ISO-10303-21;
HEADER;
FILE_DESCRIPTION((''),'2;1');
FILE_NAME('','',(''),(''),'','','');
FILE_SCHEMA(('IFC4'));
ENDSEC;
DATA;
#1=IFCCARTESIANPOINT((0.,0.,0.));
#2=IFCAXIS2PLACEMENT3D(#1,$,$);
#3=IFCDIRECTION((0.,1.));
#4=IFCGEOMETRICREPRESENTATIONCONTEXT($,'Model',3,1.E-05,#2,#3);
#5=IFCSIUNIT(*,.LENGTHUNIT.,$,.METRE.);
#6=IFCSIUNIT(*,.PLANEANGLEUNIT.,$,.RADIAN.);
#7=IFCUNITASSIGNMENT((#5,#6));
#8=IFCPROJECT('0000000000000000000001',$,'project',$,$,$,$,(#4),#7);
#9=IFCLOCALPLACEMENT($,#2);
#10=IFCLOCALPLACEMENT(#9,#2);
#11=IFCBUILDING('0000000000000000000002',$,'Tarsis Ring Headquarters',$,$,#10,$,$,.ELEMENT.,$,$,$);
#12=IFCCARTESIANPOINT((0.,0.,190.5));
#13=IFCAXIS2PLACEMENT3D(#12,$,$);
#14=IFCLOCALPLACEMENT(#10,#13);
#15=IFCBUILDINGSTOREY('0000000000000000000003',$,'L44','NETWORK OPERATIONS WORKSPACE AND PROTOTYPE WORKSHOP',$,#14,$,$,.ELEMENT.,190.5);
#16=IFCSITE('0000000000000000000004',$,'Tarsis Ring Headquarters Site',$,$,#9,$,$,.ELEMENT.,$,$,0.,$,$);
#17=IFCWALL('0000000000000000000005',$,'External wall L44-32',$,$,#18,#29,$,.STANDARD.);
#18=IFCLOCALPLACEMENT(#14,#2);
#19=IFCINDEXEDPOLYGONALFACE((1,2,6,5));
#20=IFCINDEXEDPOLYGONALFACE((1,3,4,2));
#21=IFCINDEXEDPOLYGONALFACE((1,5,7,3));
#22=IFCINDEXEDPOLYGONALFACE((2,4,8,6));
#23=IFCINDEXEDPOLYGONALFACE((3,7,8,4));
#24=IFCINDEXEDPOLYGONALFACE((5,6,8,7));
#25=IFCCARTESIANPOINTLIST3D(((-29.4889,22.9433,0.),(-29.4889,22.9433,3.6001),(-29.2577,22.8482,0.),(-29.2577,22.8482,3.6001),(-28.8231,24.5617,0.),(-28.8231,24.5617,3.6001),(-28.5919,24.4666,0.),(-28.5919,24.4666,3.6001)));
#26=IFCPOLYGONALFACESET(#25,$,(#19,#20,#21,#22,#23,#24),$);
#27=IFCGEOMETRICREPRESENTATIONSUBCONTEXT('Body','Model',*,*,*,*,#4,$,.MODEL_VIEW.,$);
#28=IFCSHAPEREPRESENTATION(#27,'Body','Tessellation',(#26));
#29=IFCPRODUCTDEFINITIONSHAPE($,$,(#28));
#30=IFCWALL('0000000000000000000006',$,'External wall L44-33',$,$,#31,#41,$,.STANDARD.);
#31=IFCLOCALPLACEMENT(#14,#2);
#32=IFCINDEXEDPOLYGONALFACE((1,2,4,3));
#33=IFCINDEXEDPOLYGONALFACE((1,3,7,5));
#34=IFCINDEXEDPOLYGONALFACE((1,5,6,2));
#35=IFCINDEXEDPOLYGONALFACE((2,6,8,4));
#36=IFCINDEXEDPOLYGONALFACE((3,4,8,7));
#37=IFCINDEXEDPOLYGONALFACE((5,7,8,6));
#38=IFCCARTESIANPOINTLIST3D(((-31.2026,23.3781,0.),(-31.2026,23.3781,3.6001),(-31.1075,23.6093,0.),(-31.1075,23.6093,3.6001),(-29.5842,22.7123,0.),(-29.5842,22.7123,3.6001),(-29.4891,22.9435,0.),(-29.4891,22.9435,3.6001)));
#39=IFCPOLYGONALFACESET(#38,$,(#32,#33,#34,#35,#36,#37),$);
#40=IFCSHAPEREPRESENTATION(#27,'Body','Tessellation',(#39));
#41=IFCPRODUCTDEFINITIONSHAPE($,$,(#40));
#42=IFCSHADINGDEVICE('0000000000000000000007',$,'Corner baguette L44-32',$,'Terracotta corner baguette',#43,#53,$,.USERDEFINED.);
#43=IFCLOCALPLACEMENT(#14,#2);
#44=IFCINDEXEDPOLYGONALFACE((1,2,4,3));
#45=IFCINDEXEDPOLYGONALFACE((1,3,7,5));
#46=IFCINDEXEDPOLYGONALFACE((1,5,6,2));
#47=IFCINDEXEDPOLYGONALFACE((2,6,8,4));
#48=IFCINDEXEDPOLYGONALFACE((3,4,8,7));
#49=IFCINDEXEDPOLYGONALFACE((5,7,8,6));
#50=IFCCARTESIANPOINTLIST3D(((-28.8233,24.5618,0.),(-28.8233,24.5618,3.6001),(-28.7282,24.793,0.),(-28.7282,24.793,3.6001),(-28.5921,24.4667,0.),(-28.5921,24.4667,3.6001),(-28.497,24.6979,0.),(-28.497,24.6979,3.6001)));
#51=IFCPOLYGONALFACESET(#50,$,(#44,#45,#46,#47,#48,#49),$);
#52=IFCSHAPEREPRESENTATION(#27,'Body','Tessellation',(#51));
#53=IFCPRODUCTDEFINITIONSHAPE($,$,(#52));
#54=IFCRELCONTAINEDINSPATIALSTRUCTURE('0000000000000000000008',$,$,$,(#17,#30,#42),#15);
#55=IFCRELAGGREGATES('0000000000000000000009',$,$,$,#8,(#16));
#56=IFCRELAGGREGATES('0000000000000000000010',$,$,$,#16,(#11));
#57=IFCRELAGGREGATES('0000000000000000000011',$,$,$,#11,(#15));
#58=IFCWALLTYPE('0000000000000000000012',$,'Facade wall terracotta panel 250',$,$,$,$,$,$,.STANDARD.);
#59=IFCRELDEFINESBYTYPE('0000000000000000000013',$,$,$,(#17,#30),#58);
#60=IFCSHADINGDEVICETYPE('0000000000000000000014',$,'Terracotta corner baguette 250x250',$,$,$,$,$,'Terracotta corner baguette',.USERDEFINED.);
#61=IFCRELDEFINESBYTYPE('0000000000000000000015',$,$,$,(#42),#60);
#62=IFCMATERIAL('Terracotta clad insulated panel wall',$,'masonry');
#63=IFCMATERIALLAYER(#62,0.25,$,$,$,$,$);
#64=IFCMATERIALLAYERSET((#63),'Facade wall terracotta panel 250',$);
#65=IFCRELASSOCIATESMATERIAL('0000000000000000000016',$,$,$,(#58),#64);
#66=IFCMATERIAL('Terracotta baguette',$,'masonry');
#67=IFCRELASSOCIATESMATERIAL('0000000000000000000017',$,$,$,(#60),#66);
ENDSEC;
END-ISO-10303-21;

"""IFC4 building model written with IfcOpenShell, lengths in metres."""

from ifc_helpers import new_model, si_unit, direction, frame, frame_2d, origin, origin_2d, place, context, subcontext, project, spatial, rectangle, extrude, material, layer, layer_set, type_object, element, save


model = new_model("IFC4")

# Units and contexts
model_context = context("Model", 3, precision=1e-05, world=origin(), true_north=direction((0.0, 1.0)))
body_context = subcontext(model_context, "Body", "Model", "MODEL_VIEW")
ifc_project = project(units=[si_unit("LENGTHUNIT", "METRE"), si_unit("PLANEANGLEUNIT", "RADIAN")], contexts=[model_context])

# Site, building, storey
site_placement = place(None, origin())
site = spatial("IfcSite", under=ifc_project, at=site_placement, Name="Tarsis Ring Headquarters Site", CompositionType="ELEMENT", RefElevation=0.0)
building_placement = place(site_placement, origin())
building = spatial("IfcBuilding", under=site, at=building_placement, Name="Tarsis Ring Headquarters", CompositionType="ELEMENT")
storey_placement = place(building_placement, frame((0.0, 0.0, 190.5)))
storey = spatial("IfcBuildingStorey", under=building, at=storey_placement, Name="L44", Description="NETWORK OPERATIONS WORKSPACE AND PROTOTYPE WORKSHOP", CompositionType="ELEMENT", Elevation=190.5)

# Shared definitions
ifc_material_1 = material(Name="Terracotta clad insulated panel wall", Category="masonry")
ifc_layer = layer(ifc_material_1, 0.25)
ifc_layer_set = layer_set([ifc_layer], Name="Facade wall terracotta panel 250")
wall_type = type_object("IfcWallType", Name="Facade wall terracotta panel 250", PredefinedType="STANDARD", material=ifc_layer_set)

# Walls
for number, where, z_axis, x_axis, name in (
    (1, (-28.7075, 24.5142, 0.0), (0.0, 0.0, 1.0), (-0.380441, -0.924805, 0.0), "External wall L44-32"),
    (2, (-29.5366, 22.8279, 0.0), (0.0, 0.0, 1.0), (-0.924805, 0.380441, 0.0), "External wall L44-33"),
):
    element("IfcWall", number, at=place(storey_placement, frame(where, z_axis=z_axis, x_axis=x_axis)), inside=storey, type_object=wall_type, Name=name, PredefinedType="STANDARD", context=body_context, shape_type="SweptSolid", body=[
        extrude(rectangle(XDim=1.75, YDim=0.25, at=frame_2d((0.875, 0.0))), origin(), (0.0, 0.0, 1.0), 3.6001),
    ])

# Shading device
ifc_material_2 = material(Name="Terracotta baguette", Category="masonry")
shading_device_type = type_object("IfcShadingDeviceType", Name="Terracotta corner baguette 250x250", ElementType="Terracotta corner baguette", PredefinedType="USERDEFINED", material=ifc_material_2)
shading_device_placement = place(storey_placement, frame((-28.6602, 24.6299, 0.0), z_axis=(0.0, 0.0, 1.0), x_axis=(-0.924812, 0.380425, 0.0)))
element("IfcShadingDevice", 3, at=shading_device_placement, inside=storey, type_object=shading_device_type, Name="Corner baguette L44-32", ObjectType="Terracotta corner baguette", PredefinedType="USERDEFINED", context=body_context, shape_type="SweptSolid", body=[
    extrude(rectangle(XDim=0.25, YDim=0.25, at=origin_2d()), origin(), (0.0, 0.0, 1.0), 3.6001),
])

save(model, "model.ifc")
